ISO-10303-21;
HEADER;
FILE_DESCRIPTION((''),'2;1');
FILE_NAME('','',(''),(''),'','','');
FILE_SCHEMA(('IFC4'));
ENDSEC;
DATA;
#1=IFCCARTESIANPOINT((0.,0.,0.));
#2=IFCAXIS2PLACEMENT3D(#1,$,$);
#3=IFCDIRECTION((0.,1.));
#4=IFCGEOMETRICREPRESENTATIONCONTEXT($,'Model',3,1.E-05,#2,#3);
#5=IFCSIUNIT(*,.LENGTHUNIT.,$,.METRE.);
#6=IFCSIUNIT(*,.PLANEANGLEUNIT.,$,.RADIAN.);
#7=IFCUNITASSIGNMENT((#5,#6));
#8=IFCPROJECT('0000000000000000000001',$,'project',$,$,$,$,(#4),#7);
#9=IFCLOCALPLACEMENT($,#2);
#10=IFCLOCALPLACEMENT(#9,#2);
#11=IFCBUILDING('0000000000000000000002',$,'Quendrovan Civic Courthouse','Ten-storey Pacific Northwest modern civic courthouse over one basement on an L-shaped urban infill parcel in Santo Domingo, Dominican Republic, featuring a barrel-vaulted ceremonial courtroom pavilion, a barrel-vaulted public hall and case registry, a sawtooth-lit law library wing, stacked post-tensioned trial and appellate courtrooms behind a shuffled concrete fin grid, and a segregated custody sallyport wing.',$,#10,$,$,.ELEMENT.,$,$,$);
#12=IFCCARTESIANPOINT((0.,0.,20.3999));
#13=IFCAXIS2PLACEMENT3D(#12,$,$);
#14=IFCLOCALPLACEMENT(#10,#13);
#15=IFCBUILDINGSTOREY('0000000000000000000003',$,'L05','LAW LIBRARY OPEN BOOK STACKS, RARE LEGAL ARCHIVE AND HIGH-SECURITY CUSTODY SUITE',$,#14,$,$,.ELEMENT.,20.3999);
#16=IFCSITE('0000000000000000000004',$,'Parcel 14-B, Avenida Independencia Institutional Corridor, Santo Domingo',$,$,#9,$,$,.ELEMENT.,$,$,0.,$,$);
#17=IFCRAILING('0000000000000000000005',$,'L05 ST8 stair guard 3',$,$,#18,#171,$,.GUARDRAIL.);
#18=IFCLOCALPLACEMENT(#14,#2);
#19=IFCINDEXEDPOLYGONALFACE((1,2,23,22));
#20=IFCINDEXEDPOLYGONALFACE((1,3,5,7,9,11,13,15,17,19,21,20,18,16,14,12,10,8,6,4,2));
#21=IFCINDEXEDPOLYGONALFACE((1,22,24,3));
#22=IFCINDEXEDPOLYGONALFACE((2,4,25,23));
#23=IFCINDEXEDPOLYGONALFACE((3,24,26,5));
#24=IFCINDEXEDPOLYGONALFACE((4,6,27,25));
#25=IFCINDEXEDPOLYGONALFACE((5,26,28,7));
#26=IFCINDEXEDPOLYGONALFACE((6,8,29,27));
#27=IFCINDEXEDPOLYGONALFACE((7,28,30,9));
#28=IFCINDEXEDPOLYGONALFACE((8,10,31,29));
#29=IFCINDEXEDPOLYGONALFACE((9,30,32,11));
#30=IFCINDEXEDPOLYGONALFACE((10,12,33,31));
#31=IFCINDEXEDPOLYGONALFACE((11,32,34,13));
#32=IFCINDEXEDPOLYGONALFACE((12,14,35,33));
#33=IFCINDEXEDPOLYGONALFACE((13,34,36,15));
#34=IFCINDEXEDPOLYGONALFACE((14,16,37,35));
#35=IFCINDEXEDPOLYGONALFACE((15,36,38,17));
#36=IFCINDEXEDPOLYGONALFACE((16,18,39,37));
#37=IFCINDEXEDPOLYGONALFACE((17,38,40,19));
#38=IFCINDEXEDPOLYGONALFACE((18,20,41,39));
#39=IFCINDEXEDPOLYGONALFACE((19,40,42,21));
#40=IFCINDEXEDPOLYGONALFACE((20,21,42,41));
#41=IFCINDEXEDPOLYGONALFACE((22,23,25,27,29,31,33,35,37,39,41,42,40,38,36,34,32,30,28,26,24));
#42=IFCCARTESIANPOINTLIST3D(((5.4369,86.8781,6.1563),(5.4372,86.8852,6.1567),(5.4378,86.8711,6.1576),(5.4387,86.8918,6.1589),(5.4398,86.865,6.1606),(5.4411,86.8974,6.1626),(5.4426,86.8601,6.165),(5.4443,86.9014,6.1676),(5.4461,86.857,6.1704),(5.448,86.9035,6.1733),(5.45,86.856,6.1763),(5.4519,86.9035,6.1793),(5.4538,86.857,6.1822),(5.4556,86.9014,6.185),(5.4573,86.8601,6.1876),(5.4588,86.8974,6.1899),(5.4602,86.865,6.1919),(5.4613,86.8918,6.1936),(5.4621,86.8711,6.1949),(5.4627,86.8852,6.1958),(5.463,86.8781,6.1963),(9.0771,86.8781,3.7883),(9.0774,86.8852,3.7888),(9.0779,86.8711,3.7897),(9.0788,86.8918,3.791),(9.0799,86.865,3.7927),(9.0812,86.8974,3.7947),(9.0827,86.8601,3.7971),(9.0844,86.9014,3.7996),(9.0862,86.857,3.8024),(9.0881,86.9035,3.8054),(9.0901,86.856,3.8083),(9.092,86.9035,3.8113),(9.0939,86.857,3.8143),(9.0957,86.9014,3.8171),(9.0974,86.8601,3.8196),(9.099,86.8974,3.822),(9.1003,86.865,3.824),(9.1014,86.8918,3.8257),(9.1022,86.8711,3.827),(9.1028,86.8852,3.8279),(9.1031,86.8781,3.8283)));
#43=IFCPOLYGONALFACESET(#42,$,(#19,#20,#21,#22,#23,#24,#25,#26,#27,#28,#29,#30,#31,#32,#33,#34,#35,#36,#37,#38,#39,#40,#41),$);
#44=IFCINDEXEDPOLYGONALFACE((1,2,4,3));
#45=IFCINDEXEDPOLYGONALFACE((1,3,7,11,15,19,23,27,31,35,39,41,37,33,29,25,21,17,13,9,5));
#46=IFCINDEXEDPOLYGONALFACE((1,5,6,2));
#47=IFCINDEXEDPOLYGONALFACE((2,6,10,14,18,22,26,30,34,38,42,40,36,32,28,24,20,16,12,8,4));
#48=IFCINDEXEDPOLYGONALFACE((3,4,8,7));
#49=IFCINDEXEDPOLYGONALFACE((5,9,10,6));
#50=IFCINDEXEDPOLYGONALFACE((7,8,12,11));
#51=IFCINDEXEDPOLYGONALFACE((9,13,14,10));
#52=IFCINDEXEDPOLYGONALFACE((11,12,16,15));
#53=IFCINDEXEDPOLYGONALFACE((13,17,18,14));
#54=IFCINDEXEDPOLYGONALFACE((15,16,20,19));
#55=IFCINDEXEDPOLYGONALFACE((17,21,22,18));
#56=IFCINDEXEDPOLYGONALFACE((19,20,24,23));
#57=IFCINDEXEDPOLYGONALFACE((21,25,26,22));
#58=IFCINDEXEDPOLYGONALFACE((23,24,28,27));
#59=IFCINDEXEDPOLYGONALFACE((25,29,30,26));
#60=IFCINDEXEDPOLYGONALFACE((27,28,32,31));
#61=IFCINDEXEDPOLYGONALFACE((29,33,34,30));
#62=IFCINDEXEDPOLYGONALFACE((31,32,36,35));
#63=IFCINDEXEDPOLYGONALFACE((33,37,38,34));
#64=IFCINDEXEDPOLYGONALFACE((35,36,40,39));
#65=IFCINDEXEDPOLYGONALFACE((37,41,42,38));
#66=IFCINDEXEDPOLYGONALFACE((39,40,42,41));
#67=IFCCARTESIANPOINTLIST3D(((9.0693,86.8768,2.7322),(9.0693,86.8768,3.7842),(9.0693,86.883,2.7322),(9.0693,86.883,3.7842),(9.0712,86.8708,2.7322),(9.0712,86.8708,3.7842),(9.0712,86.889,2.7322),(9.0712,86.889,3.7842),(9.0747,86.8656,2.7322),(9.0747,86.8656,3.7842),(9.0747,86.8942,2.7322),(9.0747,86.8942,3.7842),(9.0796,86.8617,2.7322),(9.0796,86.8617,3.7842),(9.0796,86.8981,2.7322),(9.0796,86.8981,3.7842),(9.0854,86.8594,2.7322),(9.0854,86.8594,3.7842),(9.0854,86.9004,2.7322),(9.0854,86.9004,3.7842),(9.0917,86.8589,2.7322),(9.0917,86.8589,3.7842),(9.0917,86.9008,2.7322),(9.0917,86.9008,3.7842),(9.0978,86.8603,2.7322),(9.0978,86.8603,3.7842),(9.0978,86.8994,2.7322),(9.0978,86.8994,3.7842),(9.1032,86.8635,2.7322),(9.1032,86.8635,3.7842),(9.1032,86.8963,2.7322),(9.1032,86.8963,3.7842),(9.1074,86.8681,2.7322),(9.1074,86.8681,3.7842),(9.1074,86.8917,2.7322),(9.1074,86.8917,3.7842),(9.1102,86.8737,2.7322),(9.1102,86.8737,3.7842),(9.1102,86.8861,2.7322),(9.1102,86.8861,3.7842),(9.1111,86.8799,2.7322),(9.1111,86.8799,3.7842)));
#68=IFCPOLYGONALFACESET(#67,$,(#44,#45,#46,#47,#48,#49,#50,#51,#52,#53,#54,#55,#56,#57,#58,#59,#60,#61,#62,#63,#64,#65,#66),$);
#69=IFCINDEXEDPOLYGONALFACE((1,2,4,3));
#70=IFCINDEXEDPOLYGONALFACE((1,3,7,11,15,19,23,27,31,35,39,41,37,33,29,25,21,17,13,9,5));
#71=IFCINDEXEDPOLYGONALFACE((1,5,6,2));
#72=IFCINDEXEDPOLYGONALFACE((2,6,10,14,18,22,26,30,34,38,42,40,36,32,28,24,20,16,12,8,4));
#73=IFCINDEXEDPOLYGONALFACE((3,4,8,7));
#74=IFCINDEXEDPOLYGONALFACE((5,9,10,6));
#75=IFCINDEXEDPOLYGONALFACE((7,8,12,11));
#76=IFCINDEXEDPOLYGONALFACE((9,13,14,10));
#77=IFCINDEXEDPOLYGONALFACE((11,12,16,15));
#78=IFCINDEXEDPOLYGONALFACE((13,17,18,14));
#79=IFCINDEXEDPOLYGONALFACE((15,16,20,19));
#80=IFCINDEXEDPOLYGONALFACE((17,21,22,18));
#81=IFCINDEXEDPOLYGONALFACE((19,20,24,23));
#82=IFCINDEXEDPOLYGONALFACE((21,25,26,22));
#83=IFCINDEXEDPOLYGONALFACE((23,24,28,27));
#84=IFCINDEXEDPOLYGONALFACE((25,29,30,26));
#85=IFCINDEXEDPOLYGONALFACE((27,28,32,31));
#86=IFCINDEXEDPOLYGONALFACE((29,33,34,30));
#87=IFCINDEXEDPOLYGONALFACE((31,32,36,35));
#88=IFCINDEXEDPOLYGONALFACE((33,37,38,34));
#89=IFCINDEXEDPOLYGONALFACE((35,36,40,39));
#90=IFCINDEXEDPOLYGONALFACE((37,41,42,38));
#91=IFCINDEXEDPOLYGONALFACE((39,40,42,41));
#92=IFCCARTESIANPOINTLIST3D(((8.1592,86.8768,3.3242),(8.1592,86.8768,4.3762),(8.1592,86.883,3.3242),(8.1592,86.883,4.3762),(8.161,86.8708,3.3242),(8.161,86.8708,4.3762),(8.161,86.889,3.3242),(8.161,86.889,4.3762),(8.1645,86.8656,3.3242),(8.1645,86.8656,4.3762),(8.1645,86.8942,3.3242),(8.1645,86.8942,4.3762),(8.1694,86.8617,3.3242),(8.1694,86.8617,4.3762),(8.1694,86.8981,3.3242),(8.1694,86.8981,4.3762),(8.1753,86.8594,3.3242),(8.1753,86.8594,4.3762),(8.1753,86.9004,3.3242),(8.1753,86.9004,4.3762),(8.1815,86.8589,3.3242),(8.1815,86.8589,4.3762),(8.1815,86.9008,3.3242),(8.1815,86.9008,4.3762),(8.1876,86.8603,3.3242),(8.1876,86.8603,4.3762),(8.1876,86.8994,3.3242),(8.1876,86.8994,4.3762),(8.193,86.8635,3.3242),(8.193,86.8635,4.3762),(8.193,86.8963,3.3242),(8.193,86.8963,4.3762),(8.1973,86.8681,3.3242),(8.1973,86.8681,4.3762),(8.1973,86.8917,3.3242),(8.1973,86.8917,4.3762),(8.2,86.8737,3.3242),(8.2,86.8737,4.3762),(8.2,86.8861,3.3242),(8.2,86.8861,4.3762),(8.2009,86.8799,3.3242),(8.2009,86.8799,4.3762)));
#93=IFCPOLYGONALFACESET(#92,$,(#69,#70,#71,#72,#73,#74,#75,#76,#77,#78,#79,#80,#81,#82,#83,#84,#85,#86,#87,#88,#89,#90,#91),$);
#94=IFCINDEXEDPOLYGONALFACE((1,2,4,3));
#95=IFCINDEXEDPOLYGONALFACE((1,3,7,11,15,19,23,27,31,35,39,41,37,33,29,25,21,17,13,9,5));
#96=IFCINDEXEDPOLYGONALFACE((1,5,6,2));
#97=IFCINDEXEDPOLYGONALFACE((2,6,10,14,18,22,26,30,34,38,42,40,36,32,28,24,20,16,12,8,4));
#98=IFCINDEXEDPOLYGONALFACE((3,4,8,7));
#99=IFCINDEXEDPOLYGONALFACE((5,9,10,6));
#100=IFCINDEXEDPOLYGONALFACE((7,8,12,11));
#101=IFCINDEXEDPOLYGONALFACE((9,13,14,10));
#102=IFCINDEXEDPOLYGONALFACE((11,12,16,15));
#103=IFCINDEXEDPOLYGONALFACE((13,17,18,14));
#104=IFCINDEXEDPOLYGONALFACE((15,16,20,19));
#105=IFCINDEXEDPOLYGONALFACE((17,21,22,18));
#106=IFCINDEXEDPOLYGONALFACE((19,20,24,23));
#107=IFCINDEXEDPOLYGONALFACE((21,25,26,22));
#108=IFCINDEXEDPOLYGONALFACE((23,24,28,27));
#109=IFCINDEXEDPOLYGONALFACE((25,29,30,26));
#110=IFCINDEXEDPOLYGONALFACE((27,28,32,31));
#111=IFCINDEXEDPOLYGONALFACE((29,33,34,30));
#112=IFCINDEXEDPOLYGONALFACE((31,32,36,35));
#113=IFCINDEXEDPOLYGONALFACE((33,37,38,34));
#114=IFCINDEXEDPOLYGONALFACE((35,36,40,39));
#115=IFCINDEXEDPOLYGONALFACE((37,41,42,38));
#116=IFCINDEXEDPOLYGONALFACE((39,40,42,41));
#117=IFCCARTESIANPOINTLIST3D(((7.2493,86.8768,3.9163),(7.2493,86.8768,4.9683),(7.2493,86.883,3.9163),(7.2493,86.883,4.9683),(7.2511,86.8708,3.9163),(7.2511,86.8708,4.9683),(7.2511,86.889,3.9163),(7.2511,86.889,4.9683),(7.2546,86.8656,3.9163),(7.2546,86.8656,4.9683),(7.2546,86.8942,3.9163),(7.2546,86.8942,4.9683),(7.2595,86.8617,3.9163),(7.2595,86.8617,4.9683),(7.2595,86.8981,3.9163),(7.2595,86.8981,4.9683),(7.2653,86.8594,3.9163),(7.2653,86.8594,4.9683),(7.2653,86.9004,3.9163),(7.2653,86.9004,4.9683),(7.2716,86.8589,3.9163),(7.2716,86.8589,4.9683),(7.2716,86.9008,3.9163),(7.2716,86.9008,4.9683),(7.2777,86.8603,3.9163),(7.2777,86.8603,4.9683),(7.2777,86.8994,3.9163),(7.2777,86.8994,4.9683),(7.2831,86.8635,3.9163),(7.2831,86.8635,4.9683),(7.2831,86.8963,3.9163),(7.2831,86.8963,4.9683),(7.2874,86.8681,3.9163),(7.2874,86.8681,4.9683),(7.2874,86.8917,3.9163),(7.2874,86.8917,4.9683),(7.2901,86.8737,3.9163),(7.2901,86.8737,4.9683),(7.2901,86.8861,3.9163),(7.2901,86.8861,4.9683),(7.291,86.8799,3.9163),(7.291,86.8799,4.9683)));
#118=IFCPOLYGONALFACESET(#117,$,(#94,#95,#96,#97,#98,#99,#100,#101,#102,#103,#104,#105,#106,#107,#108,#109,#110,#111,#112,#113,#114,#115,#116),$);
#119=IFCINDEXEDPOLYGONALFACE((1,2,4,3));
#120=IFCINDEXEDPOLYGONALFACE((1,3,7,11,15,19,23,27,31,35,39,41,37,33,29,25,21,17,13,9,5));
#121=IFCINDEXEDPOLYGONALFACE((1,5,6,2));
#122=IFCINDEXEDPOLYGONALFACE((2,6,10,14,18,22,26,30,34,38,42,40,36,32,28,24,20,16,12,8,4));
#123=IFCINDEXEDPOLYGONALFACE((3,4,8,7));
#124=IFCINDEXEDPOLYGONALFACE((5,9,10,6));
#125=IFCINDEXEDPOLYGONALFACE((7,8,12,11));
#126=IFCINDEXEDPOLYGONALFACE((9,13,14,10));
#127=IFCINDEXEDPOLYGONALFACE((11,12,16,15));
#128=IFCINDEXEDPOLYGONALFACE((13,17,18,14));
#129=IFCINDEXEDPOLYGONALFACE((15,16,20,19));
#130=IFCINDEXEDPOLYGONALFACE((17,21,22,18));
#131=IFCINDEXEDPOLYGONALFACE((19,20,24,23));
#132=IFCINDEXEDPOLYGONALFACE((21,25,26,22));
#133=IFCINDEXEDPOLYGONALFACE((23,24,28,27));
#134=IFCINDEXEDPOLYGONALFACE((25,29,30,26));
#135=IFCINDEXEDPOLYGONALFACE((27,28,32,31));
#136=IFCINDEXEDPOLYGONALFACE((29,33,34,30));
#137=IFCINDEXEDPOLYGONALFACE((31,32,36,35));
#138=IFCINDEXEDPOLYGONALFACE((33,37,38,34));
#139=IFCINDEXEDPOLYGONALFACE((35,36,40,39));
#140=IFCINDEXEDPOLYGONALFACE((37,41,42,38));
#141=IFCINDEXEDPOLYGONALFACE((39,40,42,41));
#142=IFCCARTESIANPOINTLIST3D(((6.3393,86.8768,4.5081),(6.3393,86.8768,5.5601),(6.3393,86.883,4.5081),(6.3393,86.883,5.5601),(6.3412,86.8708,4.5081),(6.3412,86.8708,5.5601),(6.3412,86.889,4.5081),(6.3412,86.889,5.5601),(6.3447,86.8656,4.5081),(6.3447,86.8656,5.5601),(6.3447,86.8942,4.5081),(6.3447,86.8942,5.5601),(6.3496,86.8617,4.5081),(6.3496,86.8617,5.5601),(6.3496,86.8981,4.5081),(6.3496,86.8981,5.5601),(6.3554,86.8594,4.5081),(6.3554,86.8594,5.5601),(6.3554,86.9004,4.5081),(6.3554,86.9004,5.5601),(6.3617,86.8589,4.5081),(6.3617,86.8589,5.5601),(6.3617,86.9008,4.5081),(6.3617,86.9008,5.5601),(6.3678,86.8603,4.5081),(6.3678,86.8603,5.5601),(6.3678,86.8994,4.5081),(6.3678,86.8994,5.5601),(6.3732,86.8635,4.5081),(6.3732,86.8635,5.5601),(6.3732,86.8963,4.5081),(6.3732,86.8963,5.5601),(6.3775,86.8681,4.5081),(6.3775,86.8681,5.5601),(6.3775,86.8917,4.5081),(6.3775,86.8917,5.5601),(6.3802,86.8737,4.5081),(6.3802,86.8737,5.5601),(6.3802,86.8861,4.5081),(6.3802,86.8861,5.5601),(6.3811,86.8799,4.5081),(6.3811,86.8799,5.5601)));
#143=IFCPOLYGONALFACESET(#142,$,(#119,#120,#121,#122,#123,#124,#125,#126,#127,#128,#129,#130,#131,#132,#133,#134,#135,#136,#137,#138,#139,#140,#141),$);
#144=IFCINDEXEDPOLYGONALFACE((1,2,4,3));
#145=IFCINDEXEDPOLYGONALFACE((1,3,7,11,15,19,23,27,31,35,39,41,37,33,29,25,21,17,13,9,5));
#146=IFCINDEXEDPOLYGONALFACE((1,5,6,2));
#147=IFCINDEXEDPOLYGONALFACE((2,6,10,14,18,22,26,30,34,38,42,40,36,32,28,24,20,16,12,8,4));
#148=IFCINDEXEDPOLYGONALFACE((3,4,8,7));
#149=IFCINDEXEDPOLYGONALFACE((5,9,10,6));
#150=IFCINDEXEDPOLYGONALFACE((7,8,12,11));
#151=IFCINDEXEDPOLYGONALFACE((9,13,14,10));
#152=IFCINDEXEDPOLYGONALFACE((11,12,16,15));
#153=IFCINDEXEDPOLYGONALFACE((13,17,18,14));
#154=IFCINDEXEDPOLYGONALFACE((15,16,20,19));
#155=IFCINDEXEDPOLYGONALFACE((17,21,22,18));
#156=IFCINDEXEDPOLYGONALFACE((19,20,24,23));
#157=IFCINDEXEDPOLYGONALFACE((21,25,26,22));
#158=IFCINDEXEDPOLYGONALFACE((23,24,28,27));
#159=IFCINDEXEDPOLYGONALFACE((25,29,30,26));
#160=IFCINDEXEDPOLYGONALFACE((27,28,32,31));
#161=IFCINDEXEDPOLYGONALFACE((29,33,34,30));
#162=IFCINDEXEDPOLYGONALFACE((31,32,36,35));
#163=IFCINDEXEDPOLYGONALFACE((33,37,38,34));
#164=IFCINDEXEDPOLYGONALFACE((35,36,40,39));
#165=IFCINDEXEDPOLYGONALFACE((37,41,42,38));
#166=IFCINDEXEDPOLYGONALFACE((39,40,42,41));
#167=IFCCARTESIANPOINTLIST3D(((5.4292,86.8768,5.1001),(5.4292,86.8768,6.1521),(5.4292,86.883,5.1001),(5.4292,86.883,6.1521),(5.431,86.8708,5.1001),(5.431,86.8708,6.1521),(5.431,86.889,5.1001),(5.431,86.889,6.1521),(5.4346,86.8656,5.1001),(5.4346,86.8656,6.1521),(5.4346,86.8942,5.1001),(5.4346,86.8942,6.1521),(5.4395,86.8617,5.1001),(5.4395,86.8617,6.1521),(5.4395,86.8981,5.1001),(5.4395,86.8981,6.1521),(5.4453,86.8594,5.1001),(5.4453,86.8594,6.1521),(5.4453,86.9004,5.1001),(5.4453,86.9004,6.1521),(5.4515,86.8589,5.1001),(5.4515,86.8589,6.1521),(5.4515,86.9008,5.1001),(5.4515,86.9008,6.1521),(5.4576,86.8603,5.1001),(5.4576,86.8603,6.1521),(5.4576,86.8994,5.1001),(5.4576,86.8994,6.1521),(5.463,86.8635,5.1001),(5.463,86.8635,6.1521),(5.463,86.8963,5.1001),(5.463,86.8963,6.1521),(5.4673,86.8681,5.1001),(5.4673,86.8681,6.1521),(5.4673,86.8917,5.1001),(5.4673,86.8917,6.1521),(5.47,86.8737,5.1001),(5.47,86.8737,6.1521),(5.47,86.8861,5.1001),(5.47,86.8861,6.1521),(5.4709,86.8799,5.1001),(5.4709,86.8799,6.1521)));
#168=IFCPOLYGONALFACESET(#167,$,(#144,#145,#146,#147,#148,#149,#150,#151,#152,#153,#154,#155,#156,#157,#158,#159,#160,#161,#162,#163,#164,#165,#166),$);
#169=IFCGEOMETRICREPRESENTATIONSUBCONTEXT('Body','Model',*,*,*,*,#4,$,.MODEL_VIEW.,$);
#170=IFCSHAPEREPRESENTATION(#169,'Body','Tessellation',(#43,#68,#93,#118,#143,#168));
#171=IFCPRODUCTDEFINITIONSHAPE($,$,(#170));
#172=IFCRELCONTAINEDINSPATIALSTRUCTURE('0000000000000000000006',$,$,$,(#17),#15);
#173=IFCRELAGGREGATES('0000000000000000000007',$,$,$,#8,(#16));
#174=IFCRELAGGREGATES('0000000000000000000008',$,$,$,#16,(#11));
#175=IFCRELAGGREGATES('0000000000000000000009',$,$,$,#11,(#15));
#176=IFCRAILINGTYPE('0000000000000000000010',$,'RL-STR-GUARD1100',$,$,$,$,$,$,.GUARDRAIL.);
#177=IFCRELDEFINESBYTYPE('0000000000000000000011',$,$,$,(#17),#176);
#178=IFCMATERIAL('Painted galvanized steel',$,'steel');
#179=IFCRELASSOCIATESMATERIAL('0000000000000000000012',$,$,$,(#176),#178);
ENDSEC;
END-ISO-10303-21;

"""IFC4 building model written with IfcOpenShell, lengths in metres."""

from ifc_helpers import new_model, si_unit, direction, frame, origin, origin_2d, place, context, subcontext, project, spatial, circle, extrude, material, type_object, element, save


model = new_model("IFC4")

# Units and contexts
model_context = context("Model", 3, precision=1e-05, world=origin(), true_north=direction((0.0, 1.0)))
body_context = subcontext(model_context, "Body", "Model", "MODEL_VIEW")
ifc_project = project(units=[si_unit("LENGTHUNIT", "METRE"), si_unit("PLANEANGLEUNIT", "RADIAN")], contexts=[model_context])

# Site, building, storey
site_placement = place(None, origin())
site = spatial("IfcSite", under=ifc_project, at=site_placement, Name="Parcel 14-B, Avenida Independencia Institutional Corridor, Santo Domingo", CompositionType="ELEMENT", RefElevation=0.0)
building_placement = place(site_placement, origin())
building = spatial("IfcBuilding", under=site, at=building_placement, Name="Quendrovan Civic Courthouse", Description="Ten-storey Pacific Northwest modern civic courthouse over one basement on an L-shaped urban infill parcel in Santo Domingo, Dominican Republic, featuring a barrel-vaulted ceremonial courtroom pavilion, a barrel-vaulted public hall and case registry, a sawtooth-lit law library wing, stacked post-tensioned trial and appellate courtrooms behind a shuffled concrete fin grid, and a segregated custody sallyport wing.", CompositionType="ELEMENT")
storey_placement = place(building_placement, frame((0.0, 0.0, 20.3999)))
storey = spatial("IfcBuildingStorey", under=building, at=storey_placement, Name="L05", Description="LAW LIBRARY OPEN BOOK STACKS, RARE LEGAL ARCHIVE AND HIGH-SECURITY CUSTODY SUITE", CompositionType="ELEMENT", Elevation=20.3999)

# Railing
ifc_material_1 = material(Name="Painted galvanized steel", Category="steel")
railing_type_1 = type_object("IfcRailingType", Name="RL-STR-GUARD1100", PredefinedType="GUARDRAIL", material=ifc_material_1)
railing_1_placement = place(storey_placement, frame((9.0901, 86.8799, 2.7322)))
element("IfcRailing", 1, at=railing_1_placement, inside=storey, type_object=railing_type_1, Name="L05 ST8 stair guard 3", PredefinedType="GUARDRAIL", context=body_context, shape_type="SweptSolid", body=[
    extrude(circle(Radius=0.0239, at=origin_2d()), frame((0.0, 0.0, 1.0762), z_axis=(-0.838251, 0.0, 0.545285), x_axis=(0.0, -1.0, 0.0)), (0.0, 0.0, 1.0), 4.3425),
    extrude(circle(Radius=0.021, at=origin_2d()), origin(), (0.0, 0.0, 1.0), 1.052),
    extrude(circle(Radius=0.021, at=origin_2d()), frame((-0.9102, 0.0, 0.592)), (0.0, 0.0, 1.0), 1.052),
    extrude(circle(Radius=0.021, at=origin_2d()), frame((-1.8201, 0.0, 1.1841)), (0.0, 0.0, 1.0), 1.052),
    extrude(circle(Radius=0.021, at=origin_2d()), frame((-2.73, 0.0, 1.7759)), (0.0, 0.0, 1.0), 1.052),
    extrude(circle(Radius=0.021, at=origin_2d()), frame((-3.6401, 0.0, 2.3679)), (0.0, 0.0, 1.0), 1.052),
])

save(model, "model.ifc")
